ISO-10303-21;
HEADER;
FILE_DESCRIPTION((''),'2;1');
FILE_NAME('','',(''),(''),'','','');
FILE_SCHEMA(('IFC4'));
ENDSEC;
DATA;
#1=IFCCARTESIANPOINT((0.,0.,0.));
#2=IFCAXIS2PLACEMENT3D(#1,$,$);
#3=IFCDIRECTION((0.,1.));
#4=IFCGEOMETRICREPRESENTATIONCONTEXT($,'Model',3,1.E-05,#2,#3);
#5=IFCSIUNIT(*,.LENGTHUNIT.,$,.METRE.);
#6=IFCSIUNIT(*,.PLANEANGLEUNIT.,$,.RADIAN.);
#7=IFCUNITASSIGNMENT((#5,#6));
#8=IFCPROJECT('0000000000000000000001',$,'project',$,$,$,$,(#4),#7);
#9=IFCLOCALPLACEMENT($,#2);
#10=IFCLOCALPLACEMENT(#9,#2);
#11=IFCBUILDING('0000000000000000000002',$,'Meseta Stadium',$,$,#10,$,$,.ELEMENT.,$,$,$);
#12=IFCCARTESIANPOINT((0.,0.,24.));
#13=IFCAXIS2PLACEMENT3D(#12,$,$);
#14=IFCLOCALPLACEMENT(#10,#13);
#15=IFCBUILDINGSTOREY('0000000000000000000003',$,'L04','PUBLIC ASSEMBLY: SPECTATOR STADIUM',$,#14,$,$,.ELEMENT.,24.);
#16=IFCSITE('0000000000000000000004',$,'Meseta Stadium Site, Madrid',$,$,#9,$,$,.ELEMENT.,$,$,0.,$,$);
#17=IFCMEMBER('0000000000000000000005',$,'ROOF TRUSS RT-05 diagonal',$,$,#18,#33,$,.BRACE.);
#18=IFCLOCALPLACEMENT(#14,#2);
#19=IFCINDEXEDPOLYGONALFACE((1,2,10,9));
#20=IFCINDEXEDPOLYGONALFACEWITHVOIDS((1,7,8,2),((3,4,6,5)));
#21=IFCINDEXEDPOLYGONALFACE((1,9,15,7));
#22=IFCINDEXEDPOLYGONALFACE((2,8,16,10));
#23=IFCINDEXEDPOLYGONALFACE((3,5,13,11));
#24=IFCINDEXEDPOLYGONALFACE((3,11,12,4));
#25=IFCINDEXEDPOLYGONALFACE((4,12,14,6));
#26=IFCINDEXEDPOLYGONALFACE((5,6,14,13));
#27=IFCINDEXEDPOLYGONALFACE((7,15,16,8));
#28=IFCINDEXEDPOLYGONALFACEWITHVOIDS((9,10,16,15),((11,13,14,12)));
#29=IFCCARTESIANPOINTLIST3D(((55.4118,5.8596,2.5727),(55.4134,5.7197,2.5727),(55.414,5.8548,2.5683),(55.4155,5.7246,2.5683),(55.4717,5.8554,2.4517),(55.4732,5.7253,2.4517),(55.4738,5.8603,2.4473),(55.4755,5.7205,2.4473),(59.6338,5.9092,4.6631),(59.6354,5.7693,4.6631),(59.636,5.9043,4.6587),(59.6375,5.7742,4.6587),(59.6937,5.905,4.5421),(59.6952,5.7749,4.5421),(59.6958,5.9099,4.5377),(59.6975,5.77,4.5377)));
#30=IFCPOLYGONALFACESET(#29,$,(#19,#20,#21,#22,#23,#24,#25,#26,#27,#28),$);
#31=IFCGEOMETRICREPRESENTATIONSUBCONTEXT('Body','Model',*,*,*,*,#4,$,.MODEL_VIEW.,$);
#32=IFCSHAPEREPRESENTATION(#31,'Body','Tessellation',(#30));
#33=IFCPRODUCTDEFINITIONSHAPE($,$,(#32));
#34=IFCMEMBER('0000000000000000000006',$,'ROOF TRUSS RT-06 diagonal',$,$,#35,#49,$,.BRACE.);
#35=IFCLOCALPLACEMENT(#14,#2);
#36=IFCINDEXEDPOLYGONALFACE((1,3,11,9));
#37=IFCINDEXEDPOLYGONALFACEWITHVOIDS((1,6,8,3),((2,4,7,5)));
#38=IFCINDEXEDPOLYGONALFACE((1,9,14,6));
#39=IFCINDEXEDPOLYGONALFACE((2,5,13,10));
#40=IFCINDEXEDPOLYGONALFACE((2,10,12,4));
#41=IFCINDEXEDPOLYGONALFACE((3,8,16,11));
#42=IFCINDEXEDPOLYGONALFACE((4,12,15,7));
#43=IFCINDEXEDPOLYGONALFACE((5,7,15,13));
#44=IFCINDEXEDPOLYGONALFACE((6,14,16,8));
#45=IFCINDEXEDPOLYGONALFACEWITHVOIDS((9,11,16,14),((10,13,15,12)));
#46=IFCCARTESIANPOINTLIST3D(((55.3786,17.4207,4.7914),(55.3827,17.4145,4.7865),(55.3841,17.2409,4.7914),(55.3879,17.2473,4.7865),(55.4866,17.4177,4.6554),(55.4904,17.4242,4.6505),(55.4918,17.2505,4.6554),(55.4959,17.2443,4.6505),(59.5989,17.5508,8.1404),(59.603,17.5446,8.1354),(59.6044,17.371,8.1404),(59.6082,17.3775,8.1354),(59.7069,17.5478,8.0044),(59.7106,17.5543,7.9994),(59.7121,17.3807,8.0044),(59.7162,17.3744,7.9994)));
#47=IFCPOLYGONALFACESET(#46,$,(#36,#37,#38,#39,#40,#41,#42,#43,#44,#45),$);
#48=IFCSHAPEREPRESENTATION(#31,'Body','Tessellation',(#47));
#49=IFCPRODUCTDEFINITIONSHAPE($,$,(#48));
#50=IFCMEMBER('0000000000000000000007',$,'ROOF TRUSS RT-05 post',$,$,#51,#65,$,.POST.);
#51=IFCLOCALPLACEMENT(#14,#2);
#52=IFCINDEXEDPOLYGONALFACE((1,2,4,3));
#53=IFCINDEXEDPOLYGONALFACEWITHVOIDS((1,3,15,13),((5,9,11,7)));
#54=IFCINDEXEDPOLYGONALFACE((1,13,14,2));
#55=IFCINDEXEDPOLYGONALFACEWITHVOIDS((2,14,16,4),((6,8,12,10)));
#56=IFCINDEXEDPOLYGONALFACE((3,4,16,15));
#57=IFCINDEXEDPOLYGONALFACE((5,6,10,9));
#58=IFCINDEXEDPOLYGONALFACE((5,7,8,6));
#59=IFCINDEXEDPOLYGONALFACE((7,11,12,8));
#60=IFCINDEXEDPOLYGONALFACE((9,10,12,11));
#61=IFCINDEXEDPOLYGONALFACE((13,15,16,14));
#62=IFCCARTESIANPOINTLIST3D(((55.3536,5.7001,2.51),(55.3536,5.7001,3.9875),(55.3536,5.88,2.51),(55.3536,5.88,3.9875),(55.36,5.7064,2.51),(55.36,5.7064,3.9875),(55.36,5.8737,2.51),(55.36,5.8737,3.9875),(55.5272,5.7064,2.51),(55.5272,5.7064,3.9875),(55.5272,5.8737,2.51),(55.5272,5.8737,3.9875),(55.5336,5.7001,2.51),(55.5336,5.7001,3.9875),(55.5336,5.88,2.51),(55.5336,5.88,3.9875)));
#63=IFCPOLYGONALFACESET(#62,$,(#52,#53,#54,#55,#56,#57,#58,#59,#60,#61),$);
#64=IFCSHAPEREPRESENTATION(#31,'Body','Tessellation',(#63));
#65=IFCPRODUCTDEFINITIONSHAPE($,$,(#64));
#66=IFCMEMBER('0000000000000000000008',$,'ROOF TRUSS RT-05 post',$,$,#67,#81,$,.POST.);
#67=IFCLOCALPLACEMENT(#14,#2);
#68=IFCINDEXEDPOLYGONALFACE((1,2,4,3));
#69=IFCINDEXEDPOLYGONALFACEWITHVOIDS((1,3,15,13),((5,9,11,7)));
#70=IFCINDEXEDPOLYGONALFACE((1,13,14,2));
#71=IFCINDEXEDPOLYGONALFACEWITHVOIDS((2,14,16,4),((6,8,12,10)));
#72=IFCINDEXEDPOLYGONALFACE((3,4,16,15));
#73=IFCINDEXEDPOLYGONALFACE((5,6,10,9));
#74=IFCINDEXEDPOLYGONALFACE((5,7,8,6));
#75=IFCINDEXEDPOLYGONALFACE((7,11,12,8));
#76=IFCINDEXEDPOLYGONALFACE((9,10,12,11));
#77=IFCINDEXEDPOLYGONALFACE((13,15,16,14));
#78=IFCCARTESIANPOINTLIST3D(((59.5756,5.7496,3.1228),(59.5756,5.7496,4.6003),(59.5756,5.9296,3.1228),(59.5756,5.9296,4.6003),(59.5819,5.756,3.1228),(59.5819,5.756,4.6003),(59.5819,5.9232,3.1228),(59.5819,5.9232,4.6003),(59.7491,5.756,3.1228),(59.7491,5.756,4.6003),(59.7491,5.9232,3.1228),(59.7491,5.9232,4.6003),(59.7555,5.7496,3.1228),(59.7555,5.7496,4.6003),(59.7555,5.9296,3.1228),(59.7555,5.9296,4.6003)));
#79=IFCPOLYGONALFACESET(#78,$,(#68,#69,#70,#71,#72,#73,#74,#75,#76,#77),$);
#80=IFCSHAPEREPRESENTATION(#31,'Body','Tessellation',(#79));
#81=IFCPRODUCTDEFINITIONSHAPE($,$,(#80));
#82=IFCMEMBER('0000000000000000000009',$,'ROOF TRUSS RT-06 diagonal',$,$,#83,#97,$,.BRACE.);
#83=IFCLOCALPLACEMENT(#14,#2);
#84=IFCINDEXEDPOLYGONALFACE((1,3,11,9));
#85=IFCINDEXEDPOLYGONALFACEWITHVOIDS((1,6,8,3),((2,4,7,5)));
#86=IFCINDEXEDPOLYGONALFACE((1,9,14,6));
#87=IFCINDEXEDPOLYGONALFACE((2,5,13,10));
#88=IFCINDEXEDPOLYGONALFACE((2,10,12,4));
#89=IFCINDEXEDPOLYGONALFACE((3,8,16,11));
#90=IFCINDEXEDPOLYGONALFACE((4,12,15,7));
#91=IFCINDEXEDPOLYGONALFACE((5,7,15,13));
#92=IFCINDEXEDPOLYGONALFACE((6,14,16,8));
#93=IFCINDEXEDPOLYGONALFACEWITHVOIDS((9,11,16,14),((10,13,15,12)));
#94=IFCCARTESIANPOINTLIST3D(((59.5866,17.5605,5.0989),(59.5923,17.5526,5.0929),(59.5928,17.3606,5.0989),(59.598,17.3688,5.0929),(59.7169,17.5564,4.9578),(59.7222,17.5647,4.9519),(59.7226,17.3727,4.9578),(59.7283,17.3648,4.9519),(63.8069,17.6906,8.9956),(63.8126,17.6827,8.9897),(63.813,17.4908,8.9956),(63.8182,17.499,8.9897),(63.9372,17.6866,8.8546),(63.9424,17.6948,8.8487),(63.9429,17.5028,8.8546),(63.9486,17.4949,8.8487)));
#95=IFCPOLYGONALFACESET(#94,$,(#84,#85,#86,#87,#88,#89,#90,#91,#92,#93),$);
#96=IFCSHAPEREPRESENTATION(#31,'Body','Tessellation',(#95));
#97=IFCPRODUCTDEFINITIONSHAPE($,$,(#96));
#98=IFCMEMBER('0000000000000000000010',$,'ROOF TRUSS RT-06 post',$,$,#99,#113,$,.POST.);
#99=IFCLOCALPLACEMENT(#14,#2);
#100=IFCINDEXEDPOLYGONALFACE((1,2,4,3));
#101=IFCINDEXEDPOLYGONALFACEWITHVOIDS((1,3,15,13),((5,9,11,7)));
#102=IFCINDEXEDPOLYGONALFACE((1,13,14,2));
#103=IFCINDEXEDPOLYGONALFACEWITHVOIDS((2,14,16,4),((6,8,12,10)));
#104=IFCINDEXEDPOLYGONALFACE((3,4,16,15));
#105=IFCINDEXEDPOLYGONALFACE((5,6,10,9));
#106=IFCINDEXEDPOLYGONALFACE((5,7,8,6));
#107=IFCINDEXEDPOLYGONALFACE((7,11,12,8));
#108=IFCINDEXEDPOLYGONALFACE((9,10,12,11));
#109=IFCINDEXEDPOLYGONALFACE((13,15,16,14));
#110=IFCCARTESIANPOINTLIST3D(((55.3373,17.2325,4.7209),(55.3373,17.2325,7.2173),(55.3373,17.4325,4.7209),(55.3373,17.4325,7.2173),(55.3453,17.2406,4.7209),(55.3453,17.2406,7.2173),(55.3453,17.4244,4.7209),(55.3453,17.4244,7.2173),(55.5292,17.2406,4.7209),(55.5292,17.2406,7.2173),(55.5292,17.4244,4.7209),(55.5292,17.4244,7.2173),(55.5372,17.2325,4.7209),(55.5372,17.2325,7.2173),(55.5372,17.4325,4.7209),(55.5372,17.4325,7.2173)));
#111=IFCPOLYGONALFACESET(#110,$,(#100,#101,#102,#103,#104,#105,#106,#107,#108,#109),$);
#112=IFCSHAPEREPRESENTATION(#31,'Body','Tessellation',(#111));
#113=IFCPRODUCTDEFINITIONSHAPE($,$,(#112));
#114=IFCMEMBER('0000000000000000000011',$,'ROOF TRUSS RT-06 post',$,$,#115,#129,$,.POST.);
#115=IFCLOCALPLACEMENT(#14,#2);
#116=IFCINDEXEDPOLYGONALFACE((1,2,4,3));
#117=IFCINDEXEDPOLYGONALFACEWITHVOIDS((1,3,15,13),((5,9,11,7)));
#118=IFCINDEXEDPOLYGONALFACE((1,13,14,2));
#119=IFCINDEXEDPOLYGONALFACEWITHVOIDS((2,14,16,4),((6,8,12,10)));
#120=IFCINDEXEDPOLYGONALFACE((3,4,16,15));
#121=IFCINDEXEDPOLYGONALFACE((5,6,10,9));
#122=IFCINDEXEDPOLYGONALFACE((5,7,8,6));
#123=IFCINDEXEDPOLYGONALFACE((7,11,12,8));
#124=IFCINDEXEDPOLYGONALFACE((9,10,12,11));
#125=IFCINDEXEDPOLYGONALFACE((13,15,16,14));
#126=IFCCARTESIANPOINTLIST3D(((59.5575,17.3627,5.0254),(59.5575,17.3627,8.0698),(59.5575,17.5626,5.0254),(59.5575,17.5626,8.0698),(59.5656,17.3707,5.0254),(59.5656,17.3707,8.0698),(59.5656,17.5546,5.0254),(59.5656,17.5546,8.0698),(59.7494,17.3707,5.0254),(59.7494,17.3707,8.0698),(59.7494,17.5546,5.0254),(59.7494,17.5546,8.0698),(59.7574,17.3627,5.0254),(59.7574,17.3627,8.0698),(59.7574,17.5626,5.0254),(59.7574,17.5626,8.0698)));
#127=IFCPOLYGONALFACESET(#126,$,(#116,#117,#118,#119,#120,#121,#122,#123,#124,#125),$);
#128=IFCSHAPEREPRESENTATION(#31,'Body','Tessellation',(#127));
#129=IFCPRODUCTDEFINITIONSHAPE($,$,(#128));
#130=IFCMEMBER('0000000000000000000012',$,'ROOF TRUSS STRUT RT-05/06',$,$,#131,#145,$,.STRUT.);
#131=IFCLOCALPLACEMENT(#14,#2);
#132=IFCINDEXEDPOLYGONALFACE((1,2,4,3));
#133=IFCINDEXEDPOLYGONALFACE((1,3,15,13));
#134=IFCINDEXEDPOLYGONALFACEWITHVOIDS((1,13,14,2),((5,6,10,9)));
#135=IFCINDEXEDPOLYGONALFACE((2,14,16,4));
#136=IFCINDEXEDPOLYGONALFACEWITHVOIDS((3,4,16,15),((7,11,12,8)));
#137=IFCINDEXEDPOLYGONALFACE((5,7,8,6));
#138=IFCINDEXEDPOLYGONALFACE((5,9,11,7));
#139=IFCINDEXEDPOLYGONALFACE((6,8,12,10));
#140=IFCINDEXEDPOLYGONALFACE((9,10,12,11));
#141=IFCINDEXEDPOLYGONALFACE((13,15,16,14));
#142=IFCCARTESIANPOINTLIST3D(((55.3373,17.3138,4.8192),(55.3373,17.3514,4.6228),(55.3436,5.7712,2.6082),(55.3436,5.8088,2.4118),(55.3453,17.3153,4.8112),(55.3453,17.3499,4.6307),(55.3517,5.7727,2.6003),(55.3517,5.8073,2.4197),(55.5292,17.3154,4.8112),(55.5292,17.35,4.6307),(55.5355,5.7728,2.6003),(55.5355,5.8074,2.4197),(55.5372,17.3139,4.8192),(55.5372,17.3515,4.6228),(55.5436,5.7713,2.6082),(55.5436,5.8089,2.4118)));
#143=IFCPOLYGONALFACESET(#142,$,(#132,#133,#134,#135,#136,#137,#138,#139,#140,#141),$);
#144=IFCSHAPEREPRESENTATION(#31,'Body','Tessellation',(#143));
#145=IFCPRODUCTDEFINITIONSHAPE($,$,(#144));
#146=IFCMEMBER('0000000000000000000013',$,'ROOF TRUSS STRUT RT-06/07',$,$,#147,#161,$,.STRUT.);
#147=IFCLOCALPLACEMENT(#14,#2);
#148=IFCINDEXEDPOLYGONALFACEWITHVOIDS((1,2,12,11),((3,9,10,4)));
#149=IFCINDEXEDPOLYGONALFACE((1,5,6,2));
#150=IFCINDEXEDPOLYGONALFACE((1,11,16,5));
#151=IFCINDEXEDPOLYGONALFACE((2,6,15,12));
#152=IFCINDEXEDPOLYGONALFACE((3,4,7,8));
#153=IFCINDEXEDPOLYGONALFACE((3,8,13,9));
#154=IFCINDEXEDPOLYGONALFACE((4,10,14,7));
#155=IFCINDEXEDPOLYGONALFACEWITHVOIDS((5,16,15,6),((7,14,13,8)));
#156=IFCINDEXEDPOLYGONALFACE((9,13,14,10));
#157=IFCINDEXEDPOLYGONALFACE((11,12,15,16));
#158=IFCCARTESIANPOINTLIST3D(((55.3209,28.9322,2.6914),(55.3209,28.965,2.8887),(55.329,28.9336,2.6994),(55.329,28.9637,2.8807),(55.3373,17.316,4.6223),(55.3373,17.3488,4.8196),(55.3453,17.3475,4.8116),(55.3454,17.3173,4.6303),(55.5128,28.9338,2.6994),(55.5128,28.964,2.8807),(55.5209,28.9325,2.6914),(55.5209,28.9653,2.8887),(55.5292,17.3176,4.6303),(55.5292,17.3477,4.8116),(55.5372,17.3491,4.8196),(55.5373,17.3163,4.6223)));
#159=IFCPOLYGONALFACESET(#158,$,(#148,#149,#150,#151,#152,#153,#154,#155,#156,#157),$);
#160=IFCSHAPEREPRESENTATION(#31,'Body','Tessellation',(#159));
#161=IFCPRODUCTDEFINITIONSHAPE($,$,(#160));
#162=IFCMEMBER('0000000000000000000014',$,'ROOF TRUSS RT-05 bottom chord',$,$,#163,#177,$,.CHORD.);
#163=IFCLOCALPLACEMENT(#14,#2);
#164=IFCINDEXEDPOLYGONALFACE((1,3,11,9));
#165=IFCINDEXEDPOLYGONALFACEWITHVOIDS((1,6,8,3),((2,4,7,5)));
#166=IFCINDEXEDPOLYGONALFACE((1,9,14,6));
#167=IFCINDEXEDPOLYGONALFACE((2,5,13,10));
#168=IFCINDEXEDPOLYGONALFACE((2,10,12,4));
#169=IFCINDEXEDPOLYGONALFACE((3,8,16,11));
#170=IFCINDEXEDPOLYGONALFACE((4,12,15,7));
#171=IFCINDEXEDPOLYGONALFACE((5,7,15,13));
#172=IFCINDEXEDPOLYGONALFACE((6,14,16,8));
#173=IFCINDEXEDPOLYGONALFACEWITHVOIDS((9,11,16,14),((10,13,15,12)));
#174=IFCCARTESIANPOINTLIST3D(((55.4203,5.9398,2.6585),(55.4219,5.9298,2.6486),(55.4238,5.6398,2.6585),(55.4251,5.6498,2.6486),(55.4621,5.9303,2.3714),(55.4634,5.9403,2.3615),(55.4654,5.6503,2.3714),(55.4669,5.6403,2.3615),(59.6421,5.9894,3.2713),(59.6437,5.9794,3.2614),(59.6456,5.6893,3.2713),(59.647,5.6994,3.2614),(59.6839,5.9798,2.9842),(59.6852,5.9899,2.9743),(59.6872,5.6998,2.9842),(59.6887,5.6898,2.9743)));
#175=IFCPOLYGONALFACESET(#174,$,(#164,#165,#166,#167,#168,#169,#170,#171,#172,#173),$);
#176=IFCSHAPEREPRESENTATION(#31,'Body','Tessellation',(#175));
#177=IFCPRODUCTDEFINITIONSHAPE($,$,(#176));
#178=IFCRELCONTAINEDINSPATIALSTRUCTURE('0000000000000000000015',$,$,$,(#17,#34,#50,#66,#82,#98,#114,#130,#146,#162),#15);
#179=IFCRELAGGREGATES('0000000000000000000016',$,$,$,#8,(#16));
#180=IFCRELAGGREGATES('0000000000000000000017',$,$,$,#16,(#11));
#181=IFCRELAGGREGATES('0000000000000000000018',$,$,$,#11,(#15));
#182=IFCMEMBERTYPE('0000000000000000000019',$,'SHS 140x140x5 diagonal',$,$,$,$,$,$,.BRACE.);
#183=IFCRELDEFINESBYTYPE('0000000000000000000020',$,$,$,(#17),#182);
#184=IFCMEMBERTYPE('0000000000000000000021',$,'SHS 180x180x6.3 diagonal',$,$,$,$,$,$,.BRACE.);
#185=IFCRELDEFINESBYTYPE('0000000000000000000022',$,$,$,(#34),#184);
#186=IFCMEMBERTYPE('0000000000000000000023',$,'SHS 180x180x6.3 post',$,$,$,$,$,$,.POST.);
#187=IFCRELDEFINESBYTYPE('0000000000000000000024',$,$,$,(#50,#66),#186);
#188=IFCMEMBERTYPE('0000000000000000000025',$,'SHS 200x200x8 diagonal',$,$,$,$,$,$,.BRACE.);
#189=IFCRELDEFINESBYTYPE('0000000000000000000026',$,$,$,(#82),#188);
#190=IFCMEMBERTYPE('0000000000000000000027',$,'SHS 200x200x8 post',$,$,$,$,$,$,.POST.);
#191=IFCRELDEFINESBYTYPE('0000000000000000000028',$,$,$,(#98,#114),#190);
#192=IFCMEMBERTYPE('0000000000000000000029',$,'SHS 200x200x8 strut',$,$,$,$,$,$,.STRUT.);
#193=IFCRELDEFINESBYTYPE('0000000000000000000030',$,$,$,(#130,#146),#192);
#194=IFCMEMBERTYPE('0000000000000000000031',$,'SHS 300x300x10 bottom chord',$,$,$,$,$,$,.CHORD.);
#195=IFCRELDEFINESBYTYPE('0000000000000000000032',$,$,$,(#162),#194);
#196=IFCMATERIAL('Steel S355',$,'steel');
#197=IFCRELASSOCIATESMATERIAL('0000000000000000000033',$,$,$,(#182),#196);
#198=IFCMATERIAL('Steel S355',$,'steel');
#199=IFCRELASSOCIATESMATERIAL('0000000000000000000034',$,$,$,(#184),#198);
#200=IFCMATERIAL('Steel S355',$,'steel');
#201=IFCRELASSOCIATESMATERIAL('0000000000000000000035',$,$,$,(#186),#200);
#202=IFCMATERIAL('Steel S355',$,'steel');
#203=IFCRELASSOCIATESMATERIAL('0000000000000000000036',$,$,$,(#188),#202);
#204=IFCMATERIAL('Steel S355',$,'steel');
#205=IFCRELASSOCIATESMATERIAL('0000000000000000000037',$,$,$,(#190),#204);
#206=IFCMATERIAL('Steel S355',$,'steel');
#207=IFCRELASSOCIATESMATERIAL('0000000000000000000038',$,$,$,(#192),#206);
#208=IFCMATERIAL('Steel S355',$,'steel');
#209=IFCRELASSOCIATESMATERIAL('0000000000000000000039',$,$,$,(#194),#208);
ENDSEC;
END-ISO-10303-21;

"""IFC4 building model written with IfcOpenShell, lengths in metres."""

from ifc_helpers import new_model, si_unit, direction, frame, origin, origin_2d, place, context, subcontext, project, spatial, hollow_rectangle, extrude, material, material_profile, profile_set, type_object, element, save


model = new_model("IFC4")

# Units and contexts
model_context = context("Model", 3, precision=1e-05, world=origin(), true_north=direction((0.0, 1.0)))
body_context = subcontext(model_context, "Body", "Model", "MODEL_VIEW")
ifc_project = project(units=[si_unit("LENGTHUNIT", "METRE"), si_unit("PLANEANGLEUNIT", "RADIAN")], contexts=[model_context])

# Site, building, storey
site_placement = place(None, origin())
site = spatial("IfcSite", under=ifc_project, at=site_placement, Name="Meseta Stadium Site, Madrid", CompositionType="ELEMENT", RefElevation=0.0)
building_placement = place(site_placement, origin())
building = spatial("IfcBuilding", under=site, at=building_placement, Name="Meseta Stadium", CompositionType="ELEMENT")
storey_placement = place(building_placement, frame((0.0, 0.0, 24.0)))
storey = spatial("IfcBuildingStorey", under=building, at=storey_placement, Name="L04", Description="PUBLIC ASSEMBLY: SPECTATOR STADIUM", CompositionType="ELEMENT", Elevation=24.0)

# Members
ifc_material_1 = material(Name="Steel S355", Category="steel")
ifc_material_profile_1 = material_profile(ifc_material_1, hollow_rectangle(XDim=0.1399, YDim=0.1399, WallThickness=0.0049, at=origin_2d()), Name="SHS 140x140x5")
ifc_profile_set_1 = profile_set([ifc_material_profile_1], Name="Steel S355")
member_type_1 = type_object("IfcMemberType", Name="SHS 140x140x5 diagonal", PredefinedType="BRACE", material=ifc_profile_set_1)
member_1_placement = place(storey_placement, frame((55.4436, 5.79, 2.51), z_axis=(0.896122, 0.010519, 0.443682), x_axis=(-0.011738, 0.999931, 0.0)))
element("IfcMember", 1, at=member_1_placement, inside=storey, type_object=member_type_1, Name="ROOF TRUSS RT-05 diagonal", PredefinedType="BRACE", context=body_context, shape_type="SweptSolid", body=[
    extrude(hollow_rectangle(XDim=0.1399, YDim=0.1399, WallThickness=0.0049, at=origin_2d()), origin(), (0.0, 0.0, 1.0), 4.7114),
])
ifc_material_2 = material(Name="Steel S355", Category="steel")
ifc_material_profile_2 = material_profile(ifc_material_2, hollow_rectangle(XDim=0.1799, YDim=0.1799, WallThickness=0.0063, at=origin_2d()), Name="SHS 180x180x6.3")
ifc_profile_set_2 = profile_set([ifc_material_profile_2], Name="Steel S355")
member_type_2 = type_object("IfcMemberType", Name="SHS 180x180x6.3 diagonal", PredefinedType="BRACE", material=ifc_profile_set_2)
member_2_placement = place(storey_placement, frame((55.4373, 17.3325, 4.7209), z_axis=(0.783106, 0.024146, 0.62142), x_axis=(-0.03082, 0.999525, 0.0)))
element("IfcMember", 2, at=member_2_placement, inside=storey, type_object=member_type_2, Name="ROOF TRUSS RT-06 diagonal", PredefinedType="BRACE", context=body_context, shape_type="SweptSolid", body=[
    extrude(hollow_rectangle(XDim=0.1799, YDim=0.1799, WallThickness=0.0063, at=origin_2d()), origin(), (0.0, 0.0, 1.0), 5.3892),
])
ifc_material_3 = material(Name="Steel S355", Category="steel")
ifc_material_profile_3 = material_profile(ifc_material_3, hollow_rectangle(XDim=0.1799, YDim=0.1799, WallThickness=0.0063, at=origin_2d()), Name="SHS 180x180x6.3")
ifc_profile_set_3 = profile_set([ifc_material_profile_3], Name="Steel S355")
member_type_3 = type_object("IfcMemberType", Name="SHS 180x180x6.3 post", PredefinedType="POST", material=ifc_profile_set_3)
for number, where, z_axis, x_axis, name in (
    (3, (55.4436, 5.79, 2.51), (0.0, 0.0, 1.0), (1.0, 0.0, 0.0), "ROOF TRUSS RT-05 post"),
    (4, (59.6655, 5.8396, 3.1228), (0.0, 0.0, 1.0), (1.0, 0.0, 0.0), "ROOF TRUSS RT-05 post"),
):
    element("IfcMember", number, at=place(storey_placement, frame(where, z_axis=z_axis, x_axis=x_axis)), inside=storey, type_object=member_type_3, Name=name, PredefinedType="POST", context=body_context, shape_type="SweptSolid", body=[
        extrude(hollow_rectangle(XDim=0.1799, YDim=0.1799, WallThickness=0.0063, at=origin_2d()), origin(), (0.0, 0.0, 1.0), 1.4775),
    ])
ifc_material_4 = material(Name="Steel S355", Category="steel")
ifc_material_profile_4 = material_profile(ifc_material_4, hollow_rectangle(XDim=0.2, YDim=0.2, WallThickness=0.0081, at=origin_2d()), Name="SHS 200x200x8")
ifc_profile_set_4 = profile_set([ifc_material_profile_4], Name="Steel S355")
member_type_4 = type_object("IfcMemberType", Name="SHS 200x200x8 diagonal", PredefinedType="BRACE", material=ifc_profile_set_4)
member_3_placement = place(storey_placement, frame((59.6575, 17.4626, 5.0254), z_axis=(0.734516, 0.022648, 0.678214), x_axis=(-0.03082, 0.999525, 0.0)))
element("IfcMember", 5, at=member_3_placement, inside=storey, type_object=member_type_4, Name="ROOF TRUSS RT-06 diagonal", PredefinedType="BRACE", context=body_context, shape_type="SweptSolid", body=[
    extrude(hollow_rectangle(XDim=0.2, YDim=0.2, WallThickness=0.0081, at=origin_2d()), origin(), (0.0, 0.0, 1.0), 5.7456),
])
ifc_material_5 = material(Name="Steel S355", Category="steel")
ifc_material_profile_5 = material_profile(ifc_material_5, hollow_rectangle(XDim=0.2, YDim=0.2, WallThickness=0.0081, at=origin_2d()), Name="SHS 200x200x8")
ifc_profile_set_5 = profile_set([ifc_material_profile_5], Name="Steel S355")
member_type_5 = type_object("IfcMemberType", Name="SHS 200x200x8 post", PredefinedType="POST", material=ifc_profile_set_5)
member_4_placement = place(storey_placement, frame((55.4373, 17.3325, 4.7209), z_axis=(0.0, 0.0, 1.0), x_axis=(1.0, 0.0, 0.0)))
element("IfcMember", 6, at=member_4_placement, inside=storey, type_object=member_type_5, Name="ROOF TRUSS RT-06 post", PredefinedType="POST", context=body_context, shape_type="SweptSolid", body=[
    extrude(hollow_rectangle(XDim=0.2, YDim=0.2, WallThickness=0.0081, at=origin_2d()), origin(), (0.0, 0.0, 1.0), 2.4963),
])
member_5_placement = place(storey_placement, frame((59.6575, 17.4626, 5.0254), z_axis=(0.0, 0.0, 1.0), x_axis=(1.0, 0.0, 0.0)))
element("IfcMember", 7, at=member_5_placement, inside=storey, type_object=member_type_5, Name="ROOF TRUSS RT-06 post", PredefinedType="POST", context=body_context, shape_type="SweptSolid", body=[
    extrude(hollow_rectangle(XDim=0.2, YDim=0.2, WallThickness=0.0081, at=origin_2d()), origin(), (0.0, 0.0, 1.0), 3.0444),
])
ifc_material_6 = material(Name="Steel S355", Category="steel")
ifc_material_profile_6 = material_profile(ifc_material_6, hollow_rectangle(XDim=0.2, YDim=0.2, WallThickness=0.0081, at=origin_2d()), Name="SHS 200x200x8")
ifc_profile_set_6 = profile_set([ifc_material_profile_6], Name="Steel S355")
member_type_6 = type_object("IfcMemberType", Name="SHS 200x200x8 strut", PredefinedType="STRUT", material=ifc_profile_set_6)
member_6_placement = place(storey_placement, frame((55.4436, 5.79, 2.51), z_axis=(-0.00054, 0.982144, 0.188128), x_axis=(-1.0, -0.00055, 0.0)))
element("IfcMember", 8, at=member_6_placement, inside=storey, type_object=member_type_6, Name="ROOF TRUSS STRUT RT-05/06", PredefinedType="STRUT", context=body_context, shape_type="SweptSolid", body=[
    extrude(hollow_rectangle(XDim=0.2, YDim=0.2, WallThickness=0.0081, at=origin_2d()), origin(), (0.0, 0.0, 1.0), 11.7524),
])
member_7_placement = place(storey_placement, frame((55.4373, 17.3325, 4.7209), z_axis=(-0.001389, 0.986463, -0.163975), x_axis=(-0.999999, -0.001408, 0.0)))
element("IfcMember", 9, at=member_7_placement, inside=storey, type_object=member_type_6, Name="ROOF TRUSS STRUT RT-06/07", PredefinedType="STRUT", context=body_context, shape_type="SweptSolid", body=[
    extrude(hollow_rectangle(XDim=0.2, YDim=0.2, WallThickness=0.0081, at=origin_2d()), origin(), (0.0, 0.0, 1.0), 11.7756),
])
ifc_material_7 = material(Name="Steel S355", Category="steel")
ifc_material_profile_7 = material_profile(ifc_material_7, hollow_rectangle(XDim=0.3, YDim=0.3, WallThickness=0.01, at=origin_2d()), Name="SHS 300x300x10")
ifc_profile_set_7 = profile_set([ifc_material_profile_7], Name="Steel S355")
member_type_7 = type_object("IfcMemberType", Name="SHS 300x300x10 bottom chord", PredefinedType="CHORD", material=ifc_profile_set_7)
member_8_placement = place(storey_placement, frame((55.4436, 5.79, 2.51), z_axis=(0.989563, 0.011616, 0.143631), x_axis=(-0.011738, 0.999931, 0.0)))
element("IfcMember", 10, at=member_8_placement, inside=storey, type_object=member_type_7, Name="ROOF TRUSS RT-05 bottom chord", PredefinedType="CHORD", context=body_context, shape_type="SweptSolid", body=[
    extrude(hollow_rectangle(XDim=0.3, YDim=0.3, WallThickness=0.01, at=origin_2d()), origin(), (0.0, 0.0, 1.0), 4.2664),
])

save(model, "model.ifc")
